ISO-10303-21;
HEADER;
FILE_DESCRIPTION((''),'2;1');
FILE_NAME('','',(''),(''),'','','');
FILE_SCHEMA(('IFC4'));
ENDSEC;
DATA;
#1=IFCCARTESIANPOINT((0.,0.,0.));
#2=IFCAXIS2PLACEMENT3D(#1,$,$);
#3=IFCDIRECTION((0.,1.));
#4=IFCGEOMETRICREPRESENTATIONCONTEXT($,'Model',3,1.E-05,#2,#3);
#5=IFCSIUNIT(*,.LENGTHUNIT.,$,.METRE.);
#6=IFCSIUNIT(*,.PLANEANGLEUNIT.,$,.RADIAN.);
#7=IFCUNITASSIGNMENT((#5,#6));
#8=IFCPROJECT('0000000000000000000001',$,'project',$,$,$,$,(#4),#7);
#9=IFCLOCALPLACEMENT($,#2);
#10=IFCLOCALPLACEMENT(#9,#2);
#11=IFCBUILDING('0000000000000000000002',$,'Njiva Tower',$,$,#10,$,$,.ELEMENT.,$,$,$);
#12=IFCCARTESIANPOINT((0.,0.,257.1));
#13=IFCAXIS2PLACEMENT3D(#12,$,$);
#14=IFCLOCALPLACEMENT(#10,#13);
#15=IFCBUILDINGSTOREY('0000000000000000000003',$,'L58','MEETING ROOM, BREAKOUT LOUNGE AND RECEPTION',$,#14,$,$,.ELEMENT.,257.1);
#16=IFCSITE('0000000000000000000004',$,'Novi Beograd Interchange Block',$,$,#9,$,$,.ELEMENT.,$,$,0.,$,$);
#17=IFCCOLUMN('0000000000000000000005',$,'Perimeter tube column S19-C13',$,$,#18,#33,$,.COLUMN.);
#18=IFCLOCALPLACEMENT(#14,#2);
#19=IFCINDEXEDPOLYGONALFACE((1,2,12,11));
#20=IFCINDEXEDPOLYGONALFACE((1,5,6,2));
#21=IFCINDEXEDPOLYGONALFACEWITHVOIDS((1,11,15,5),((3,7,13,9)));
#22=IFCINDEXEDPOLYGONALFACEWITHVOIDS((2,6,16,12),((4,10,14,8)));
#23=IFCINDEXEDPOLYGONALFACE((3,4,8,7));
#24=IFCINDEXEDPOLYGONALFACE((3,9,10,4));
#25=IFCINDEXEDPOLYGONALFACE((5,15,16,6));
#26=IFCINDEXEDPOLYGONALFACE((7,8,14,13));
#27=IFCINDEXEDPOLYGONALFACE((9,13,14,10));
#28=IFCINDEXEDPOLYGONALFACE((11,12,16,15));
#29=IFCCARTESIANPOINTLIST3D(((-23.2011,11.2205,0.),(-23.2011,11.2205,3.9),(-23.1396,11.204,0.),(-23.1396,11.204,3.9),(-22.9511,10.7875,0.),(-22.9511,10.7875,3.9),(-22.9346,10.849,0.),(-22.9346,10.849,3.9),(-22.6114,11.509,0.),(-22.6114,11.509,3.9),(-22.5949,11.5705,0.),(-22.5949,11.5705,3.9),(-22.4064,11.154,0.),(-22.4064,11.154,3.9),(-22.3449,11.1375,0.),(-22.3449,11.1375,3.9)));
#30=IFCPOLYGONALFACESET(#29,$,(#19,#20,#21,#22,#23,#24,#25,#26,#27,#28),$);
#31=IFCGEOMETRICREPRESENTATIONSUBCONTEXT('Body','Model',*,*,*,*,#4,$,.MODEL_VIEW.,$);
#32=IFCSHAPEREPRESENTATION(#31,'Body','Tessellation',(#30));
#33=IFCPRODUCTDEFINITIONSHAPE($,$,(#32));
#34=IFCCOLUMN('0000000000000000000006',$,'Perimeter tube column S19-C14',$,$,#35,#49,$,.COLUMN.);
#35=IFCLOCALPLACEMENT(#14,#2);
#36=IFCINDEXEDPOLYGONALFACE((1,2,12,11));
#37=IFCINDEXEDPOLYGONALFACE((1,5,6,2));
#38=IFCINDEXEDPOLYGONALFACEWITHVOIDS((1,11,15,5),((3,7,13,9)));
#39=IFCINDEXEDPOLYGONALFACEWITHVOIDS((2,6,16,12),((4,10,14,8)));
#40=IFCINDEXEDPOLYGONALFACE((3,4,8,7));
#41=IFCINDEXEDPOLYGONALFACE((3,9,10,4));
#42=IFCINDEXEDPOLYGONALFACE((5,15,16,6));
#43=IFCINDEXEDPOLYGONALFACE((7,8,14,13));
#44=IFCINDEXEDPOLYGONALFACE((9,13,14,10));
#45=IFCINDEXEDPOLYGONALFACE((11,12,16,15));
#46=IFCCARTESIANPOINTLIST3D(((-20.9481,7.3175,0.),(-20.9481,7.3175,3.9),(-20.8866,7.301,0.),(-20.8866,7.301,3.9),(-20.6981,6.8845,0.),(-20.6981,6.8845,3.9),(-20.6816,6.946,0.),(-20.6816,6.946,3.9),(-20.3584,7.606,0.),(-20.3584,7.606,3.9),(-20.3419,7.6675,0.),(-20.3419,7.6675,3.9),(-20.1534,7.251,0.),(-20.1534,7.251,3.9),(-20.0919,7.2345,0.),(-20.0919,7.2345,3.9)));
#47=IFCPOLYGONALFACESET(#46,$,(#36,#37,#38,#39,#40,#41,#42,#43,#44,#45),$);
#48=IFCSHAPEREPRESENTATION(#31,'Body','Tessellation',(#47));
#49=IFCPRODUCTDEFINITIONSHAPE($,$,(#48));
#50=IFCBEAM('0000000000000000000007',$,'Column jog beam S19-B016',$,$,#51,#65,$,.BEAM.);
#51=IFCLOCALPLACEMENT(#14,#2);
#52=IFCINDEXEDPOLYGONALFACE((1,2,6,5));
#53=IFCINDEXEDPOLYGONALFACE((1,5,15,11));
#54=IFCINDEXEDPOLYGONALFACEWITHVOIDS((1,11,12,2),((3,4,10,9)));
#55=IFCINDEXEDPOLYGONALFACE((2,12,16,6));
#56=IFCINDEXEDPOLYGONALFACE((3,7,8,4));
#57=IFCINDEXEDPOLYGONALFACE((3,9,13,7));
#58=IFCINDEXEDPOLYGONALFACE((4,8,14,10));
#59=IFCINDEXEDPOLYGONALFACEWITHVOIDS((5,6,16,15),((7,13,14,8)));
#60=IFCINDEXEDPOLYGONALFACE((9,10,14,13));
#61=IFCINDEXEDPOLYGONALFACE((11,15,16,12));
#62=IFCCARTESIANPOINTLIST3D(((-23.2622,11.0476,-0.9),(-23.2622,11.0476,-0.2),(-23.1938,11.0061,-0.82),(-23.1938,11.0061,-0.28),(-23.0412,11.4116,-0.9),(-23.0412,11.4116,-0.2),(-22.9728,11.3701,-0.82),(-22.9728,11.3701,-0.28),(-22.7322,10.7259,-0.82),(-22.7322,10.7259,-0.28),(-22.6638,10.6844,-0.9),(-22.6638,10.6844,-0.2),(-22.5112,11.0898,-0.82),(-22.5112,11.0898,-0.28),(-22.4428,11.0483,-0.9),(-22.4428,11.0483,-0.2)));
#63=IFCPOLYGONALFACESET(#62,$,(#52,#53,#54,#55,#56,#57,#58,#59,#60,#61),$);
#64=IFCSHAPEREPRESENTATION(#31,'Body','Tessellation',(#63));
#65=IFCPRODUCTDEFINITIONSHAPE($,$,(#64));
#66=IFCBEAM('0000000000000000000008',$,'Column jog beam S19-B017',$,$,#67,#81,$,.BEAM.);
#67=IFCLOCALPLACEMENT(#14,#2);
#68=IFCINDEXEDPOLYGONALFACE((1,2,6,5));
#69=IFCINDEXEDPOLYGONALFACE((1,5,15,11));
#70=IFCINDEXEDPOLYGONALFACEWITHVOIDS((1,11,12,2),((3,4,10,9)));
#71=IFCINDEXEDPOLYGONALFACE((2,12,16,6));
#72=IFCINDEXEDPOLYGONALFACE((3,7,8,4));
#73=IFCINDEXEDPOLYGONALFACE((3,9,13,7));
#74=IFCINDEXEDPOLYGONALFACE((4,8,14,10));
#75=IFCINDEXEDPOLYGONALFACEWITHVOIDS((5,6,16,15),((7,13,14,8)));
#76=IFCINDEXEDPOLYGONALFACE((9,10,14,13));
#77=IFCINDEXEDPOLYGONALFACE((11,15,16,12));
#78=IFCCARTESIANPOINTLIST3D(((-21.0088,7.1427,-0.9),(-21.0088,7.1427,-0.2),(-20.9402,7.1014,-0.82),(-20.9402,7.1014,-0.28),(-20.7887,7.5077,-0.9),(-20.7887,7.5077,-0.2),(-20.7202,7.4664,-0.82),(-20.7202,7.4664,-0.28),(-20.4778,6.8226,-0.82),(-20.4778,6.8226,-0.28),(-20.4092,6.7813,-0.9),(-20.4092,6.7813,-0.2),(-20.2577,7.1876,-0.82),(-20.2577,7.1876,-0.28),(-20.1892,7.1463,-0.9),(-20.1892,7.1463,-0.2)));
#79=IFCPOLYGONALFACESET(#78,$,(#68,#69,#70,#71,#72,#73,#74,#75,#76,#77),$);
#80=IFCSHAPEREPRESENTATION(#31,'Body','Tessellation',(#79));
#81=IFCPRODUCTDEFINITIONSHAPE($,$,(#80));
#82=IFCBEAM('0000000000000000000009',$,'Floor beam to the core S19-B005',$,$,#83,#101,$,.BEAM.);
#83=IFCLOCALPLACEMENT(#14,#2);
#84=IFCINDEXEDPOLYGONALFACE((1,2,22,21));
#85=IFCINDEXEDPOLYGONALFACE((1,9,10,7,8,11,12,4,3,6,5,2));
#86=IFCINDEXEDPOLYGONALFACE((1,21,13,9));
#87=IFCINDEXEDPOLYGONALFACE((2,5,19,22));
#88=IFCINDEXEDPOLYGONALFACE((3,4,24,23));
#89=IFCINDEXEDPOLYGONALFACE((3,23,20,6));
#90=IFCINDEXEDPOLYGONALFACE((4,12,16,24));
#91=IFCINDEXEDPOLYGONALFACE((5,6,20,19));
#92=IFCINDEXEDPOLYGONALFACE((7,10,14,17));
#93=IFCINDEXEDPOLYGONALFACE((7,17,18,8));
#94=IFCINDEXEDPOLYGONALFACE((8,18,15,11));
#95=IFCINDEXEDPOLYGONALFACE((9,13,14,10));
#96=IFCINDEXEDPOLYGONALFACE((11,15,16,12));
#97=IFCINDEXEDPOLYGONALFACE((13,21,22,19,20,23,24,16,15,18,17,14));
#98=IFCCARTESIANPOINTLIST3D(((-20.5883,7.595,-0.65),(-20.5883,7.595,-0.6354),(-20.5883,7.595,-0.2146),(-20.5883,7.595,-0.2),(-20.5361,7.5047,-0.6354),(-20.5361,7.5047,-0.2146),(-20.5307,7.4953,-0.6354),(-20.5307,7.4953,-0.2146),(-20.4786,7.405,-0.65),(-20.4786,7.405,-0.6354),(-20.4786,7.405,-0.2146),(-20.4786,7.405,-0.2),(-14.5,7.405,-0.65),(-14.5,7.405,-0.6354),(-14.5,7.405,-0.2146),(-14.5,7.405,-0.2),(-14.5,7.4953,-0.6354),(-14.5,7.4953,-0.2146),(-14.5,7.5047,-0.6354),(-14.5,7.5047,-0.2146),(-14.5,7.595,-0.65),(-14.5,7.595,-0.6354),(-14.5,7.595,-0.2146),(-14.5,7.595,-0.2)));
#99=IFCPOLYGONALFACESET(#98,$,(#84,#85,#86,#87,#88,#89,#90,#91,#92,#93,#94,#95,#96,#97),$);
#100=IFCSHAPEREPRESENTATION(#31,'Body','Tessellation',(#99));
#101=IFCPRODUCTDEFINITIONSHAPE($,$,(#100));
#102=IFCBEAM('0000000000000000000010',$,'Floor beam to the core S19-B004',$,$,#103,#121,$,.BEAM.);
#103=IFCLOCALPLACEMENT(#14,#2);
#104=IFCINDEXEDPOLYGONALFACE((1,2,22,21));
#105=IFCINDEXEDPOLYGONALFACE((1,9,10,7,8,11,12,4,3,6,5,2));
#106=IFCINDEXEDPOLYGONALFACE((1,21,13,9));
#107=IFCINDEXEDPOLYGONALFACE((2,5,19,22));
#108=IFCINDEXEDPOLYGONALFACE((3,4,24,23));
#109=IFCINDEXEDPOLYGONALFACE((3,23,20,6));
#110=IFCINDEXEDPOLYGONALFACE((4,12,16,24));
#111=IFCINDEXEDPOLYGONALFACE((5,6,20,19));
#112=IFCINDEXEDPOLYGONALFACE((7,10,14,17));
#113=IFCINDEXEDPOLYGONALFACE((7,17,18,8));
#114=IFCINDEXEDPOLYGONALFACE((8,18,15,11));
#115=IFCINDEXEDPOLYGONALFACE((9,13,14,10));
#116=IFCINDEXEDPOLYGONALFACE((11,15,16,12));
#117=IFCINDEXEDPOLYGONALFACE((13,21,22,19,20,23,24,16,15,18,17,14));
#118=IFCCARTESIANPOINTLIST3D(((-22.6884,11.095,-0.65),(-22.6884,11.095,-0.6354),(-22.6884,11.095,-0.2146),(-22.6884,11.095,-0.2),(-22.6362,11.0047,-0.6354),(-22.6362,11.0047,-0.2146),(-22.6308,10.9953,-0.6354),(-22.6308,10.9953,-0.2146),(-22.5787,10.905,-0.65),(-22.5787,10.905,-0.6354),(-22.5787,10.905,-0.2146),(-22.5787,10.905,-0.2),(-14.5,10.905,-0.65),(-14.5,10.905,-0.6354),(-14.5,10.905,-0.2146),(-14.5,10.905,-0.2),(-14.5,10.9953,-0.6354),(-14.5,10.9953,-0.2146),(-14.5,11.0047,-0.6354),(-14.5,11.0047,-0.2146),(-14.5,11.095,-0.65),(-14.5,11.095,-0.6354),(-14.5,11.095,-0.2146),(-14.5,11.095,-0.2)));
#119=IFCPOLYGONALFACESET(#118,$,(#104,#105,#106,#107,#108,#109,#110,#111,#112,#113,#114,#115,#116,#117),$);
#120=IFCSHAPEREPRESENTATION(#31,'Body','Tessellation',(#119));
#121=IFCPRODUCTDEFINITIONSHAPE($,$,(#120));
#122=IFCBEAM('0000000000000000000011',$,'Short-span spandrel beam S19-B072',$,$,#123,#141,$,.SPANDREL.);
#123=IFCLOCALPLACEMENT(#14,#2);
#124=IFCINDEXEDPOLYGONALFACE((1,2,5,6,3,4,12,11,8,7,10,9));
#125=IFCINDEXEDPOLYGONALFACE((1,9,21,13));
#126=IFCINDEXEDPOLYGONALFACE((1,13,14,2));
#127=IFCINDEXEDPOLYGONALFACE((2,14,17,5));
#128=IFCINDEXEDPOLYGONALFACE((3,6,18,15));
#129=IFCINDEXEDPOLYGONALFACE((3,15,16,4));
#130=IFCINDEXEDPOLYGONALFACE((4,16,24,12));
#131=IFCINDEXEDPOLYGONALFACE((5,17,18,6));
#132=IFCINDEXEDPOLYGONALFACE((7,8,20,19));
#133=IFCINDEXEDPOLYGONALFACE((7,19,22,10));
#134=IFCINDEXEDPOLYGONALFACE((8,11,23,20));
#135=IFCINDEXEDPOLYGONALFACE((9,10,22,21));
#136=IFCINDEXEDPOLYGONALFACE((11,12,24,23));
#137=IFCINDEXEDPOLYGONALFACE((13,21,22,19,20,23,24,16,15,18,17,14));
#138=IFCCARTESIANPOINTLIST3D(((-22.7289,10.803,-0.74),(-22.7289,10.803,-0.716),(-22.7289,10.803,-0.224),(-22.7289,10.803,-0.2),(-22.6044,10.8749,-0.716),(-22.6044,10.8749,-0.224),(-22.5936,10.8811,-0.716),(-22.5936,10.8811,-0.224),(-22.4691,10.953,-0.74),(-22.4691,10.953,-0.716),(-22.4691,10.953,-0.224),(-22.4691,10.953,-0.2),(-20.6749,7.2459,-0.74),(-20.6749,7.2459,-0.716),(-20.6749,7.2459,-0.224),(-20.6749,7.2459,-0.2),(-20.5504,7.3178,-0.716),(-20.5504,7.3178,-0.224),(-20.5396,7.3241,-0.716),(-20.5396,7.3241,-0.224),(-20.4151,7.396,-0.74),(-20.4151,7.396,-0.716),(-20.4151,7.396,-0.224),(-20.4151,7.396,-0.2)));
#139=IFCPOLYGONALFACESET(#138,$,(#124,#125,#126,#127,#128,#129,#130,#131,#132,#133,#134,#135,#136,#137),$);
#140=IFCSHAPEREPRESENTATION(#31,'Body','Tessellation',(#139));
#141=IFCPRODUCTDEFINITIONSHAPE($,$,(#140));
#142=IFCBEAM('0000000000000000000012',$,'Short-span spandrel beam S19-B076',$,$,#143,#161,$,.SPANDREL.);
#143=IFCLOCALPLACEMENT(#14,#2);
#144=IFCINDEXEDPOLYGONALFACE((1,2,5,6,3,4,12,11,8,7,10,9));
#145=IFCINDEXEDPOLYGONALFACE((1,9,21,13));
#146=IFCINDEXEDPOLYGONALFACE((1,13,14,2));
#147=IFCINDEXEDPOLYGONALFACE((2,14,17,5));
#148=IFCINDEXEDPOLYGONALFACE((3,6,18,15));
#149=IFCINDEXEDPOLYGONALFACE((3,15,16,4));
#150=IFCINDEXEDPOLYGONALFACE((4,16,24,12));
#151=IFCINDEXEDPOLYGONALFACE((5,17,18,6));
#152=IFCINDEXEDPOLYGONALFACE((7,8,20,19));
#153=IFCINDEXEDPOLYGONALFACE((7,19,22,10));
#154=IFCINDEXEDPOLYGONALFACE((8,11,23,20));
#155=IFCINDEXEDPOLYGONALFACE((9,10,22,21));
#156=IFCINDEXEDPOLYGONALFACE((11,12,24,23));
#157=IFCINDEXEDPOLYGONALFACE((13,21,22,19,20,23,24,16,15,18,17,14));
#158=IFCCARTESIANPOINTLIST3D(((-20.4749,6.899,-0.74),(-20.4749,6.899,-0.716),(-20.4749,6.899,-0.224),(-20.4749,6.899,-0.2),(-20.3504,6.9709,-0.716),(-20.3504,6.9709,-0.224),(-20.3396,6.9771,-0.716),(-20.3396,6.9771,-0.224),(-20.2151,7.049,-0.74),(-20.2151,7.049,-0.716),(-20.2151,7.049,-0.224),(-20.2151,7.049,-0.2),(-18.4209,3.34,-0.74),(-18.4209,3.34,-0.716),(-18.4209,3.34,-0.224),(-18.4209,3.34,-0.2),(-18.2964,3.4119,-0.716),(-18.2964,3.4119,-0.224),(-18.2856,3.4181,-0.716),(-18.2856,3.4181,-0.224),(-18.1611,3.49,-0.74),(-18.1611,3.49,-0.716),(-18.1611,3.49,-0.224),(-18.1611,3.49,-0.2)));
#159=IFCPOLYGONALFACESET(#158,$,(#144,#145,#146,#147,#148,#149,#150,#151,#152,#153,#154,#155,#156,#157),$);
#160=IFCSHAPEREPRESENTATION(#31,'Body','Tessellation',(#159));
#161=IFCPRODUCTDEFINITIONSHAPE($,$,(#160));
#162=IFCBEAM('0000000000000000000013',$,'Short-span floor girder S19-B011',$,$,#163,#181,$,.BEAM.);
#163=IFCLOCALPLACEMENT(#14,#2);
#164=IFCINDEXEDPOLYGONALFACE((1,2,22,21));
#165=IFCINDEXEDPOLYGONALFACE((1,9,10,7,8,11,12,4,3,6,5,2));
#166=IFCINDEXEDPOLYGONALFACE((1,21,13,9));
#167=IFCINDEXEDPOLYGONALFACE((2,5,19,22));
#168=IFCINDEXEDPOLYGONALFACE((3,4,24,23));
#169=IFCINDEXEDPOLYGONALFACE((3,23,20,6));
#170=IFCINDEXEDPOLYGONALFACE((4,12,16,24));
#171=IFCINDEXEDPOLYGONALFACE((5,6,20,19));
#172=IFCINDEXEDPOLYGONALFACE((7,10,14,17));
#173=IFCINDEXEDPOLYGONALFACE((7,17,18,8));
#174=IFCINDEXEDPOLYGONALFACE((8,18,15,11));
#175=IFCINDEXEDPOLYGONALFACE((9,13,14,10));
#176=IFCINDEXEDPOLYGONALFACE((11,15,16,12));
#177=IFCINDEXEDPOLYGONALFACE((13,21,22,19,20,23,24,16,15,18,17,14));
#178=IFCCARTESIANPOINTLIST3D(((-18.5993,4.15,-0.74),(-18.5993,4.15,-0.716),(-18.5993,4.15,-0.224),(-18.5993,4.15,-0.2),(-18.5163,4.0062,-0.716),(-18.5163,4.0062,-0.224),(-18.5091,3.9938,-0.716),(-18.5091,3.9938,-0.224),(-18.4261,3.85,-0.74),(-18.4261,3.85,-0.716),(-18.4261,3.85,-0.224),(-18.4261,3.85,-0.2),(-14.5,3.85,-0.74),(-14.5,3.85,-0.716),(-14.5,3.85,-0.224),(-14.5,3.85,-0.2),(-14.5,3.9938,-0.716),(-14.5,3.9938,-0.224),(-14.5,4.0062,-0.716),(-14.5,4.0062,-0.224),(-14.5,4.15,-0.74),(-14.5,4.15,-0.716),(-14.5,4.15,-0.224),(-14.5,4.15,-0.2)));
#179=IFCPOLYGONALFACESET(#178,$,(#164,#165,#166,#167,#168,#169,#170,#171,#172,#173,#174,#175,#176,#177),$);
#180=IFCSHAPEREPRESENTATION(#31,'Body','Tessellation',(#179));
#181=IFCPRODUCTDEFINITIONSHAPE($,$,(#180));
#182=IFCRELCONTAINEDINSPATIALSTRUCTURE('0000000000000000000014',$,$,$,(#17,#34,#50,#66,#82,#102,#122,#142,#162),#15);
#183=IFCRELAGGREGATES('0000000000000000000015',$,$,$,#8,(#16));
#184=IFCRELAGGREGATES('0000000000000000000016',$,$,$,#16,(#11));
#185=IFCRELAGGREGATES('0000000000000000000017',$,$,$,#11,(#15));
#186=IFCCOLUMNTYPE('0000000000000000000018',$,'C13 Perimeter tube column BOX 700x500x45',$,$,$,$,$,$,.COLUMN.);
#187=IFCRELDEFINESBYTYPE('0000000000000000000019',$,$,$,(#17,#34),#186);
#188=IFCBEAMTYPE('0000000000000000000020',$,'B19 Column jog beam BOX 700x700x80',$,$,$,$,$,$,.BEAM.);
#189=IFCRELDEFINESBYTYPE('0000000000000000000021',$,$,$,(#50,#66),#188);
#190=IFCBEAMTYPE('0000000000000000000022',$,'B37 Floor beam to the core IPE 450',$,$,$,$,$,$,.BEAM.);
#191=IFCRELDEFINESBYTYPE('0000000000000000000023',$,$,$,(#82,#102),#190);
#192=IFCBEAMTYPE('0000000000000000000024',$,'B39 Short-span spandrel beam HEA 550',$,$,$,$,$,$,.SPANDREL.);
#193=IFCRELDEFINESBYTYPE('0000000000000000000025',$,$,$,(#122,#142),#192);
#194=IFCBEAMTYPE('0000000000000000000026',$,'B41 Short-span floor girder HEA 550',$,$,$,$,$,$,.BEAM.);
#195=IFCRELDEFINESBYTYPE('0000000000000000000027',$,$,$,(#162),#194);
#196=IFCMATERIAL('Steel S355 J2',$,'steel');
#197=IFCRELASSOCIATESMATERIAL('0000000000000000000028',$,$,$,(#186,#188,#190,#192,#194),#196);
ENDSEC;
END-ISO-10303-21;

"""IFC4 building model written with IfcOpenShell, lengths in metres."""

from ifc_helpers import new_model, si_unit, direction, frame, origin, origin_2d, place, context, subcontext, project, spatial, hollow_rectangle, i_section, extrude, clip, halfspace, material, material_profile, profile_set, type_object, element, save


model = new_model("IFC4")

# Units and contexts
model_context = context("Model", 3, precision=1e-05, world=origin(), true_north=direction((0.0, 1.0)))
body_context = subcontext(model_context, "Body", "Model", "MODEL_VIEW")
ifc_project = project(units=[si_unit("LENGTHUNIT", "METRE"), si_unit("PLANEANGLEUNIT", "RADIAN")], contexts=[model_context])

# Site, building, storey
site_placement = place(None, origin())
site = spatial("IfcSite", under=ifc_project, at=site_placement, Name="Novi Beograd Interchange Block", CompositionType="ELEMENT", RefElevation=0.0)
building_placement = place(site_placement, origin())
building = spatial("IfcBuilding", under=site, at=building_placement, Name="Njiva Tower", CompositionType="ELEMENT")
storey_placement = place(building_placement, frame((0.0, 0.0, 257.1)))
storey = spatial("IfcBuildingStorey", under=building, at=storey_placement, Name="L58", Description="MEETING ROOM, BREAKOUT LOUNGE AND RECEPTION", CompositionType="ELEMENT", Elevation=257.1)

# Columns
ifc_material_1 = material(Name="Steel S355 J2", Category="steel")
ifc_material_profile_1 = material_profile(ifc_material_1, hollow_rectangle(XDim=0.5, YDim=0.7, WallThickness=0.045, at=origin_2d()), Name="BOX 700x500x45")
ifc_profile_set_1 = profile_set([ifc_material_profile_1], Name="Steel S355 J2")
column_type = type_object("IfcColumnType", Name="C13 Perimeter tube column BOX 700x500x45", PredefinedType="COLUMN", material=ifc_profile_set_1)
for number, where, z_axis, x_axis, name in (
    (1, (-22.773, 11.179, 0.0), (0.0, 0.0, 1.0), (0.5, -0.866025, 0.0), "Perimeter tube column S19-C13"),
    (2, (-20.52, 7.276, 0.0), (0.0, 0.0, 1.0), (0.5, -0.866025, 0.0), "Perimeter tube column S19-C14"),
):
    element("IfcColumn", number, at=place(storey_placement, frame(where, z_axis=z_axis, x_axis=x_axis)), inside=storey, type_object=column_type, Name=name, PredefinedType="COLUMN", context=body_context, shape_type="SweptSolid", body=[
        extrude(hollow_rectangle(XDim=0.5, YDim=0.7, WallThickness=0.045, at=origin_2d()), origin(), (0.0, 0.0, 1.0), 3.9),
    ])

# Beams
ifc_material_profile_2 = material_profile(ifc_material_1, hollow_rectangle(XDim=0.7, YDim=0.7, WallThickness=0.08, at=origin_2d()), Name="BOX 700x700x80")
ifc_profile_set_2 = profile_set([ifc_material_profile_2], Name="Steel S355 J2")
beam_type_1 = type_object("IfcBeamType", Name="B19 Column jog beam BOX 700x700x80", PredefinedType="BEAM", material=ifc_profile_set_2)
beam_1_placement = place(storey_placement, frame((-22.963, 10.866, -0.55), z_axis=(0.518978, 0.854788, 0.0), x_axis=(-0.854788, 0.518978, 0.0)))
element("IfcBeam", 3, at=beam_1_placement, inside=storey, type_object=beam_type_1, Name="Column jog beam S19-B016", PredefinedType="BEAM", context=body_context, shape_type="SweptSolid", body=[
    extrude(hollow_rectangle(XDim=0.7, YDim=0.7, WallThickness=0.08, at=origin_2d()), origin(), (0.0, 0.0, 1.0), 0.4258),
])
beam_2_placement = place(storey_placement, frame((-20.709, 6.962, -0.55), z_axis=(0.51622, 0.856456, 0.0), x_axis=(-0.856456, 0.51622, 0.0)))
element("IfcBeam", 4, at=beam_2_placement, inside=storey, type_object=beam_type_1, Name="Column jog beam S19-B017", PredefinedType="BEAM", context=body_context, shape_type="SweptSolid", body=[
    extrude(hollow_rectangle(XDim=0.7, YDim=0.7, WallThickness=0.08, at=origin_2d()), origin(), (0.0, 0.0, 1.0), 0.4262),
])
ifc_material_profile_3 = material_profile(ifc_material_1, i_section(OverallWidth=0.19, OverallDepth=0.45, WebThickness=0.0094, FlangeThickness=0.0146, at=origin_2d()), Name="IPE 450")
ifc_profile_set_3 = profile_set([ifc_material_profile_3], Name="Steel S355 J2")
beam_type_2 = type_object("IfcBeamType", Name="B37 Floor beam to the core IPE 450", PredefinedType="BEAM", material=ifc_profile_set_3)
beam_3_placement = place(storey_placement, frame((-20.608, 7.5, -0.425), z_axis=(1.0, 0.0, 0.0), x_axis=(0.0, 1.0, 0.0)))
element("IfcBeam", 5, at=beam_3_placement, inside=storey, type_object=beam_type_2, Name="Floor beam to the core S19-B005", PredefinedType="BEAM", context=body_context, shape_type="Clipping", body=[
    clip(extrude(i_section(OverallWidth=0.19, OverallDepth=0.45, WebThickness=0.0094, FlangeThickness=0.0146, at=origin_2d()), origin(), (0.0, 0.0, 1.0), 6.108), halfspace(frame((-0.025, 0.0, 0.089), z_axis=(-0.499998, 0.0, -0.866027), x_axis=(0.0, -1.0, 0.0)), False)),
])
beam_4_placement = place(storey_placement, frame((-22.709, 11.0, -0.425), z_axis=(1.0, 0.0, 0.0), x_axis=(0.0, 1.0, 0.0)))
element("IfcBeam", 6, at=beam_4_placement, inside=storey, type_object=beam_type_2, Name="Floor beam to the core S19-B004", PredefinedType="BEAM", context=body_context, shape_type="Clipping", body=[
    clip(extrude(i_section(OverallWidth=0.19, OverallDepth=0.45, WebThickness=0.0094, FlangeThickness=0.0146, at=origin_2d()), origin(), (0.0, 0.0, 1.0), 8.209), halfspace(frame((-0.025, 0.0, 0.0899), z_axis=(-0.499998, 0.0, -0.866027), x_axis=(0.0, -1.0, 0.0)), False)),
])
ifc_material_profile_4 = material_profile(ifc_material_1, i_section(OverallWidth=0.3, OverallDepth=0.54, WebThickness=0.0125, FlangeThickness=0.024, at=origin_2d()), Name="HEA 550")
ifc_profile_set_4 = profile_set([ifc_material_profile_4], Name="Steel S355 J2")
beam_type_3 = type_object("IfcBeamType", Name="B39 Short-span spandrel beam HEA 550", PredefinedType="SPANDREL", material=ifc_profile_set_4)
beam_5_placement = place(storey_placement, frame((-22.599, 10.878, -0.47), z_axis=(0.500067, -0.865987, 0.0), x_axis=(0.865987, 0.500067, 0.0)))
element("IfcBeam", 7, at=beam_5_placement, inside=storey, type_object=beam_type_3, Name="Short-span spandrel beam S19-B072", PredefinedType="SPANDREL", context=body_context, shape_type="SweptSolid", body=[
    extrude(i_section(OverallWidth=0.3, OverallDepth=0.54, WebThickness=0.0125, FlangeThickness=0.024, at=origin_2d()), origin(), (0.0, 0.0, 1.0), 4.1075),
])
beam_6_placement = place(storey_placement, frame((-20.345, 6.974, -0.47), z_axis=(0.499856, -0.866109, 0.0), x_axis=(0.866109, 0.499856, 0.0)))
element("IfcBeam", 8, at=beam_6_placement, inside=storey, type_object=beam_type_3, Name="Short-span spandrel beam S19-B076", PredefinedType="SPANDREL", context=body_context, shape_type="SweptSolid", body=[
    extrude(i_section(OverallWidth=0.3, OverallDepth=0.54, WebThickness=0.0125, FlangeThickness=0.024, at=origin_2d()), origin(), (0.0, 0.0, 1.0), 4.1092),
])
ifc_material_profile_5 = material_profile(ifc_material_1, i_section(OverallWidth=0.3, OverallDepth=0.54, WebThickness=0.0125, FlangeThickness=0.024, at=origin_2d()), Name="HEA 550")
ifc_profile_set_5 = profile_set([ifc_material_profile_5], Name="Steel S355 J2")
beam_type_4 = type_object("IfcBeamType", Name="B41 Short-span floor girder HEA 550", PredefinedType="BEAM", material=ifc_profile_set_5)
beam_7_placement = place(storey_placement, frame((-18.62, 4.0, -0.47), z_axis=(1.0, 0.0, 0.0), x_axis=(0.0, 1.0, 0.0)))
element("IfcBeam", 9, at=beam_7_placement, inside=storey, type_object=beam_type_4, Name="Short-span floor girder S19-B011", PredefinedType="BEAM", context=body_context, shape_type="Clipping", body=[
    clip(extrude(i_section(OverallWidth=0.3, OverallDepth=0.54, WebThickness=0.0125, FlangeThickness=0.024, at=origin_2d()), origin(), (0.0, 0.0, 1.0), 4.12), halfspace(frame((-0.025, 0.0, 0.1217), z_axis=(-0.499998, 0.0, -0.866027), x_axis=(0.0, -1.0, 0.0)), False)),
])

save(model, "model.ifc")
